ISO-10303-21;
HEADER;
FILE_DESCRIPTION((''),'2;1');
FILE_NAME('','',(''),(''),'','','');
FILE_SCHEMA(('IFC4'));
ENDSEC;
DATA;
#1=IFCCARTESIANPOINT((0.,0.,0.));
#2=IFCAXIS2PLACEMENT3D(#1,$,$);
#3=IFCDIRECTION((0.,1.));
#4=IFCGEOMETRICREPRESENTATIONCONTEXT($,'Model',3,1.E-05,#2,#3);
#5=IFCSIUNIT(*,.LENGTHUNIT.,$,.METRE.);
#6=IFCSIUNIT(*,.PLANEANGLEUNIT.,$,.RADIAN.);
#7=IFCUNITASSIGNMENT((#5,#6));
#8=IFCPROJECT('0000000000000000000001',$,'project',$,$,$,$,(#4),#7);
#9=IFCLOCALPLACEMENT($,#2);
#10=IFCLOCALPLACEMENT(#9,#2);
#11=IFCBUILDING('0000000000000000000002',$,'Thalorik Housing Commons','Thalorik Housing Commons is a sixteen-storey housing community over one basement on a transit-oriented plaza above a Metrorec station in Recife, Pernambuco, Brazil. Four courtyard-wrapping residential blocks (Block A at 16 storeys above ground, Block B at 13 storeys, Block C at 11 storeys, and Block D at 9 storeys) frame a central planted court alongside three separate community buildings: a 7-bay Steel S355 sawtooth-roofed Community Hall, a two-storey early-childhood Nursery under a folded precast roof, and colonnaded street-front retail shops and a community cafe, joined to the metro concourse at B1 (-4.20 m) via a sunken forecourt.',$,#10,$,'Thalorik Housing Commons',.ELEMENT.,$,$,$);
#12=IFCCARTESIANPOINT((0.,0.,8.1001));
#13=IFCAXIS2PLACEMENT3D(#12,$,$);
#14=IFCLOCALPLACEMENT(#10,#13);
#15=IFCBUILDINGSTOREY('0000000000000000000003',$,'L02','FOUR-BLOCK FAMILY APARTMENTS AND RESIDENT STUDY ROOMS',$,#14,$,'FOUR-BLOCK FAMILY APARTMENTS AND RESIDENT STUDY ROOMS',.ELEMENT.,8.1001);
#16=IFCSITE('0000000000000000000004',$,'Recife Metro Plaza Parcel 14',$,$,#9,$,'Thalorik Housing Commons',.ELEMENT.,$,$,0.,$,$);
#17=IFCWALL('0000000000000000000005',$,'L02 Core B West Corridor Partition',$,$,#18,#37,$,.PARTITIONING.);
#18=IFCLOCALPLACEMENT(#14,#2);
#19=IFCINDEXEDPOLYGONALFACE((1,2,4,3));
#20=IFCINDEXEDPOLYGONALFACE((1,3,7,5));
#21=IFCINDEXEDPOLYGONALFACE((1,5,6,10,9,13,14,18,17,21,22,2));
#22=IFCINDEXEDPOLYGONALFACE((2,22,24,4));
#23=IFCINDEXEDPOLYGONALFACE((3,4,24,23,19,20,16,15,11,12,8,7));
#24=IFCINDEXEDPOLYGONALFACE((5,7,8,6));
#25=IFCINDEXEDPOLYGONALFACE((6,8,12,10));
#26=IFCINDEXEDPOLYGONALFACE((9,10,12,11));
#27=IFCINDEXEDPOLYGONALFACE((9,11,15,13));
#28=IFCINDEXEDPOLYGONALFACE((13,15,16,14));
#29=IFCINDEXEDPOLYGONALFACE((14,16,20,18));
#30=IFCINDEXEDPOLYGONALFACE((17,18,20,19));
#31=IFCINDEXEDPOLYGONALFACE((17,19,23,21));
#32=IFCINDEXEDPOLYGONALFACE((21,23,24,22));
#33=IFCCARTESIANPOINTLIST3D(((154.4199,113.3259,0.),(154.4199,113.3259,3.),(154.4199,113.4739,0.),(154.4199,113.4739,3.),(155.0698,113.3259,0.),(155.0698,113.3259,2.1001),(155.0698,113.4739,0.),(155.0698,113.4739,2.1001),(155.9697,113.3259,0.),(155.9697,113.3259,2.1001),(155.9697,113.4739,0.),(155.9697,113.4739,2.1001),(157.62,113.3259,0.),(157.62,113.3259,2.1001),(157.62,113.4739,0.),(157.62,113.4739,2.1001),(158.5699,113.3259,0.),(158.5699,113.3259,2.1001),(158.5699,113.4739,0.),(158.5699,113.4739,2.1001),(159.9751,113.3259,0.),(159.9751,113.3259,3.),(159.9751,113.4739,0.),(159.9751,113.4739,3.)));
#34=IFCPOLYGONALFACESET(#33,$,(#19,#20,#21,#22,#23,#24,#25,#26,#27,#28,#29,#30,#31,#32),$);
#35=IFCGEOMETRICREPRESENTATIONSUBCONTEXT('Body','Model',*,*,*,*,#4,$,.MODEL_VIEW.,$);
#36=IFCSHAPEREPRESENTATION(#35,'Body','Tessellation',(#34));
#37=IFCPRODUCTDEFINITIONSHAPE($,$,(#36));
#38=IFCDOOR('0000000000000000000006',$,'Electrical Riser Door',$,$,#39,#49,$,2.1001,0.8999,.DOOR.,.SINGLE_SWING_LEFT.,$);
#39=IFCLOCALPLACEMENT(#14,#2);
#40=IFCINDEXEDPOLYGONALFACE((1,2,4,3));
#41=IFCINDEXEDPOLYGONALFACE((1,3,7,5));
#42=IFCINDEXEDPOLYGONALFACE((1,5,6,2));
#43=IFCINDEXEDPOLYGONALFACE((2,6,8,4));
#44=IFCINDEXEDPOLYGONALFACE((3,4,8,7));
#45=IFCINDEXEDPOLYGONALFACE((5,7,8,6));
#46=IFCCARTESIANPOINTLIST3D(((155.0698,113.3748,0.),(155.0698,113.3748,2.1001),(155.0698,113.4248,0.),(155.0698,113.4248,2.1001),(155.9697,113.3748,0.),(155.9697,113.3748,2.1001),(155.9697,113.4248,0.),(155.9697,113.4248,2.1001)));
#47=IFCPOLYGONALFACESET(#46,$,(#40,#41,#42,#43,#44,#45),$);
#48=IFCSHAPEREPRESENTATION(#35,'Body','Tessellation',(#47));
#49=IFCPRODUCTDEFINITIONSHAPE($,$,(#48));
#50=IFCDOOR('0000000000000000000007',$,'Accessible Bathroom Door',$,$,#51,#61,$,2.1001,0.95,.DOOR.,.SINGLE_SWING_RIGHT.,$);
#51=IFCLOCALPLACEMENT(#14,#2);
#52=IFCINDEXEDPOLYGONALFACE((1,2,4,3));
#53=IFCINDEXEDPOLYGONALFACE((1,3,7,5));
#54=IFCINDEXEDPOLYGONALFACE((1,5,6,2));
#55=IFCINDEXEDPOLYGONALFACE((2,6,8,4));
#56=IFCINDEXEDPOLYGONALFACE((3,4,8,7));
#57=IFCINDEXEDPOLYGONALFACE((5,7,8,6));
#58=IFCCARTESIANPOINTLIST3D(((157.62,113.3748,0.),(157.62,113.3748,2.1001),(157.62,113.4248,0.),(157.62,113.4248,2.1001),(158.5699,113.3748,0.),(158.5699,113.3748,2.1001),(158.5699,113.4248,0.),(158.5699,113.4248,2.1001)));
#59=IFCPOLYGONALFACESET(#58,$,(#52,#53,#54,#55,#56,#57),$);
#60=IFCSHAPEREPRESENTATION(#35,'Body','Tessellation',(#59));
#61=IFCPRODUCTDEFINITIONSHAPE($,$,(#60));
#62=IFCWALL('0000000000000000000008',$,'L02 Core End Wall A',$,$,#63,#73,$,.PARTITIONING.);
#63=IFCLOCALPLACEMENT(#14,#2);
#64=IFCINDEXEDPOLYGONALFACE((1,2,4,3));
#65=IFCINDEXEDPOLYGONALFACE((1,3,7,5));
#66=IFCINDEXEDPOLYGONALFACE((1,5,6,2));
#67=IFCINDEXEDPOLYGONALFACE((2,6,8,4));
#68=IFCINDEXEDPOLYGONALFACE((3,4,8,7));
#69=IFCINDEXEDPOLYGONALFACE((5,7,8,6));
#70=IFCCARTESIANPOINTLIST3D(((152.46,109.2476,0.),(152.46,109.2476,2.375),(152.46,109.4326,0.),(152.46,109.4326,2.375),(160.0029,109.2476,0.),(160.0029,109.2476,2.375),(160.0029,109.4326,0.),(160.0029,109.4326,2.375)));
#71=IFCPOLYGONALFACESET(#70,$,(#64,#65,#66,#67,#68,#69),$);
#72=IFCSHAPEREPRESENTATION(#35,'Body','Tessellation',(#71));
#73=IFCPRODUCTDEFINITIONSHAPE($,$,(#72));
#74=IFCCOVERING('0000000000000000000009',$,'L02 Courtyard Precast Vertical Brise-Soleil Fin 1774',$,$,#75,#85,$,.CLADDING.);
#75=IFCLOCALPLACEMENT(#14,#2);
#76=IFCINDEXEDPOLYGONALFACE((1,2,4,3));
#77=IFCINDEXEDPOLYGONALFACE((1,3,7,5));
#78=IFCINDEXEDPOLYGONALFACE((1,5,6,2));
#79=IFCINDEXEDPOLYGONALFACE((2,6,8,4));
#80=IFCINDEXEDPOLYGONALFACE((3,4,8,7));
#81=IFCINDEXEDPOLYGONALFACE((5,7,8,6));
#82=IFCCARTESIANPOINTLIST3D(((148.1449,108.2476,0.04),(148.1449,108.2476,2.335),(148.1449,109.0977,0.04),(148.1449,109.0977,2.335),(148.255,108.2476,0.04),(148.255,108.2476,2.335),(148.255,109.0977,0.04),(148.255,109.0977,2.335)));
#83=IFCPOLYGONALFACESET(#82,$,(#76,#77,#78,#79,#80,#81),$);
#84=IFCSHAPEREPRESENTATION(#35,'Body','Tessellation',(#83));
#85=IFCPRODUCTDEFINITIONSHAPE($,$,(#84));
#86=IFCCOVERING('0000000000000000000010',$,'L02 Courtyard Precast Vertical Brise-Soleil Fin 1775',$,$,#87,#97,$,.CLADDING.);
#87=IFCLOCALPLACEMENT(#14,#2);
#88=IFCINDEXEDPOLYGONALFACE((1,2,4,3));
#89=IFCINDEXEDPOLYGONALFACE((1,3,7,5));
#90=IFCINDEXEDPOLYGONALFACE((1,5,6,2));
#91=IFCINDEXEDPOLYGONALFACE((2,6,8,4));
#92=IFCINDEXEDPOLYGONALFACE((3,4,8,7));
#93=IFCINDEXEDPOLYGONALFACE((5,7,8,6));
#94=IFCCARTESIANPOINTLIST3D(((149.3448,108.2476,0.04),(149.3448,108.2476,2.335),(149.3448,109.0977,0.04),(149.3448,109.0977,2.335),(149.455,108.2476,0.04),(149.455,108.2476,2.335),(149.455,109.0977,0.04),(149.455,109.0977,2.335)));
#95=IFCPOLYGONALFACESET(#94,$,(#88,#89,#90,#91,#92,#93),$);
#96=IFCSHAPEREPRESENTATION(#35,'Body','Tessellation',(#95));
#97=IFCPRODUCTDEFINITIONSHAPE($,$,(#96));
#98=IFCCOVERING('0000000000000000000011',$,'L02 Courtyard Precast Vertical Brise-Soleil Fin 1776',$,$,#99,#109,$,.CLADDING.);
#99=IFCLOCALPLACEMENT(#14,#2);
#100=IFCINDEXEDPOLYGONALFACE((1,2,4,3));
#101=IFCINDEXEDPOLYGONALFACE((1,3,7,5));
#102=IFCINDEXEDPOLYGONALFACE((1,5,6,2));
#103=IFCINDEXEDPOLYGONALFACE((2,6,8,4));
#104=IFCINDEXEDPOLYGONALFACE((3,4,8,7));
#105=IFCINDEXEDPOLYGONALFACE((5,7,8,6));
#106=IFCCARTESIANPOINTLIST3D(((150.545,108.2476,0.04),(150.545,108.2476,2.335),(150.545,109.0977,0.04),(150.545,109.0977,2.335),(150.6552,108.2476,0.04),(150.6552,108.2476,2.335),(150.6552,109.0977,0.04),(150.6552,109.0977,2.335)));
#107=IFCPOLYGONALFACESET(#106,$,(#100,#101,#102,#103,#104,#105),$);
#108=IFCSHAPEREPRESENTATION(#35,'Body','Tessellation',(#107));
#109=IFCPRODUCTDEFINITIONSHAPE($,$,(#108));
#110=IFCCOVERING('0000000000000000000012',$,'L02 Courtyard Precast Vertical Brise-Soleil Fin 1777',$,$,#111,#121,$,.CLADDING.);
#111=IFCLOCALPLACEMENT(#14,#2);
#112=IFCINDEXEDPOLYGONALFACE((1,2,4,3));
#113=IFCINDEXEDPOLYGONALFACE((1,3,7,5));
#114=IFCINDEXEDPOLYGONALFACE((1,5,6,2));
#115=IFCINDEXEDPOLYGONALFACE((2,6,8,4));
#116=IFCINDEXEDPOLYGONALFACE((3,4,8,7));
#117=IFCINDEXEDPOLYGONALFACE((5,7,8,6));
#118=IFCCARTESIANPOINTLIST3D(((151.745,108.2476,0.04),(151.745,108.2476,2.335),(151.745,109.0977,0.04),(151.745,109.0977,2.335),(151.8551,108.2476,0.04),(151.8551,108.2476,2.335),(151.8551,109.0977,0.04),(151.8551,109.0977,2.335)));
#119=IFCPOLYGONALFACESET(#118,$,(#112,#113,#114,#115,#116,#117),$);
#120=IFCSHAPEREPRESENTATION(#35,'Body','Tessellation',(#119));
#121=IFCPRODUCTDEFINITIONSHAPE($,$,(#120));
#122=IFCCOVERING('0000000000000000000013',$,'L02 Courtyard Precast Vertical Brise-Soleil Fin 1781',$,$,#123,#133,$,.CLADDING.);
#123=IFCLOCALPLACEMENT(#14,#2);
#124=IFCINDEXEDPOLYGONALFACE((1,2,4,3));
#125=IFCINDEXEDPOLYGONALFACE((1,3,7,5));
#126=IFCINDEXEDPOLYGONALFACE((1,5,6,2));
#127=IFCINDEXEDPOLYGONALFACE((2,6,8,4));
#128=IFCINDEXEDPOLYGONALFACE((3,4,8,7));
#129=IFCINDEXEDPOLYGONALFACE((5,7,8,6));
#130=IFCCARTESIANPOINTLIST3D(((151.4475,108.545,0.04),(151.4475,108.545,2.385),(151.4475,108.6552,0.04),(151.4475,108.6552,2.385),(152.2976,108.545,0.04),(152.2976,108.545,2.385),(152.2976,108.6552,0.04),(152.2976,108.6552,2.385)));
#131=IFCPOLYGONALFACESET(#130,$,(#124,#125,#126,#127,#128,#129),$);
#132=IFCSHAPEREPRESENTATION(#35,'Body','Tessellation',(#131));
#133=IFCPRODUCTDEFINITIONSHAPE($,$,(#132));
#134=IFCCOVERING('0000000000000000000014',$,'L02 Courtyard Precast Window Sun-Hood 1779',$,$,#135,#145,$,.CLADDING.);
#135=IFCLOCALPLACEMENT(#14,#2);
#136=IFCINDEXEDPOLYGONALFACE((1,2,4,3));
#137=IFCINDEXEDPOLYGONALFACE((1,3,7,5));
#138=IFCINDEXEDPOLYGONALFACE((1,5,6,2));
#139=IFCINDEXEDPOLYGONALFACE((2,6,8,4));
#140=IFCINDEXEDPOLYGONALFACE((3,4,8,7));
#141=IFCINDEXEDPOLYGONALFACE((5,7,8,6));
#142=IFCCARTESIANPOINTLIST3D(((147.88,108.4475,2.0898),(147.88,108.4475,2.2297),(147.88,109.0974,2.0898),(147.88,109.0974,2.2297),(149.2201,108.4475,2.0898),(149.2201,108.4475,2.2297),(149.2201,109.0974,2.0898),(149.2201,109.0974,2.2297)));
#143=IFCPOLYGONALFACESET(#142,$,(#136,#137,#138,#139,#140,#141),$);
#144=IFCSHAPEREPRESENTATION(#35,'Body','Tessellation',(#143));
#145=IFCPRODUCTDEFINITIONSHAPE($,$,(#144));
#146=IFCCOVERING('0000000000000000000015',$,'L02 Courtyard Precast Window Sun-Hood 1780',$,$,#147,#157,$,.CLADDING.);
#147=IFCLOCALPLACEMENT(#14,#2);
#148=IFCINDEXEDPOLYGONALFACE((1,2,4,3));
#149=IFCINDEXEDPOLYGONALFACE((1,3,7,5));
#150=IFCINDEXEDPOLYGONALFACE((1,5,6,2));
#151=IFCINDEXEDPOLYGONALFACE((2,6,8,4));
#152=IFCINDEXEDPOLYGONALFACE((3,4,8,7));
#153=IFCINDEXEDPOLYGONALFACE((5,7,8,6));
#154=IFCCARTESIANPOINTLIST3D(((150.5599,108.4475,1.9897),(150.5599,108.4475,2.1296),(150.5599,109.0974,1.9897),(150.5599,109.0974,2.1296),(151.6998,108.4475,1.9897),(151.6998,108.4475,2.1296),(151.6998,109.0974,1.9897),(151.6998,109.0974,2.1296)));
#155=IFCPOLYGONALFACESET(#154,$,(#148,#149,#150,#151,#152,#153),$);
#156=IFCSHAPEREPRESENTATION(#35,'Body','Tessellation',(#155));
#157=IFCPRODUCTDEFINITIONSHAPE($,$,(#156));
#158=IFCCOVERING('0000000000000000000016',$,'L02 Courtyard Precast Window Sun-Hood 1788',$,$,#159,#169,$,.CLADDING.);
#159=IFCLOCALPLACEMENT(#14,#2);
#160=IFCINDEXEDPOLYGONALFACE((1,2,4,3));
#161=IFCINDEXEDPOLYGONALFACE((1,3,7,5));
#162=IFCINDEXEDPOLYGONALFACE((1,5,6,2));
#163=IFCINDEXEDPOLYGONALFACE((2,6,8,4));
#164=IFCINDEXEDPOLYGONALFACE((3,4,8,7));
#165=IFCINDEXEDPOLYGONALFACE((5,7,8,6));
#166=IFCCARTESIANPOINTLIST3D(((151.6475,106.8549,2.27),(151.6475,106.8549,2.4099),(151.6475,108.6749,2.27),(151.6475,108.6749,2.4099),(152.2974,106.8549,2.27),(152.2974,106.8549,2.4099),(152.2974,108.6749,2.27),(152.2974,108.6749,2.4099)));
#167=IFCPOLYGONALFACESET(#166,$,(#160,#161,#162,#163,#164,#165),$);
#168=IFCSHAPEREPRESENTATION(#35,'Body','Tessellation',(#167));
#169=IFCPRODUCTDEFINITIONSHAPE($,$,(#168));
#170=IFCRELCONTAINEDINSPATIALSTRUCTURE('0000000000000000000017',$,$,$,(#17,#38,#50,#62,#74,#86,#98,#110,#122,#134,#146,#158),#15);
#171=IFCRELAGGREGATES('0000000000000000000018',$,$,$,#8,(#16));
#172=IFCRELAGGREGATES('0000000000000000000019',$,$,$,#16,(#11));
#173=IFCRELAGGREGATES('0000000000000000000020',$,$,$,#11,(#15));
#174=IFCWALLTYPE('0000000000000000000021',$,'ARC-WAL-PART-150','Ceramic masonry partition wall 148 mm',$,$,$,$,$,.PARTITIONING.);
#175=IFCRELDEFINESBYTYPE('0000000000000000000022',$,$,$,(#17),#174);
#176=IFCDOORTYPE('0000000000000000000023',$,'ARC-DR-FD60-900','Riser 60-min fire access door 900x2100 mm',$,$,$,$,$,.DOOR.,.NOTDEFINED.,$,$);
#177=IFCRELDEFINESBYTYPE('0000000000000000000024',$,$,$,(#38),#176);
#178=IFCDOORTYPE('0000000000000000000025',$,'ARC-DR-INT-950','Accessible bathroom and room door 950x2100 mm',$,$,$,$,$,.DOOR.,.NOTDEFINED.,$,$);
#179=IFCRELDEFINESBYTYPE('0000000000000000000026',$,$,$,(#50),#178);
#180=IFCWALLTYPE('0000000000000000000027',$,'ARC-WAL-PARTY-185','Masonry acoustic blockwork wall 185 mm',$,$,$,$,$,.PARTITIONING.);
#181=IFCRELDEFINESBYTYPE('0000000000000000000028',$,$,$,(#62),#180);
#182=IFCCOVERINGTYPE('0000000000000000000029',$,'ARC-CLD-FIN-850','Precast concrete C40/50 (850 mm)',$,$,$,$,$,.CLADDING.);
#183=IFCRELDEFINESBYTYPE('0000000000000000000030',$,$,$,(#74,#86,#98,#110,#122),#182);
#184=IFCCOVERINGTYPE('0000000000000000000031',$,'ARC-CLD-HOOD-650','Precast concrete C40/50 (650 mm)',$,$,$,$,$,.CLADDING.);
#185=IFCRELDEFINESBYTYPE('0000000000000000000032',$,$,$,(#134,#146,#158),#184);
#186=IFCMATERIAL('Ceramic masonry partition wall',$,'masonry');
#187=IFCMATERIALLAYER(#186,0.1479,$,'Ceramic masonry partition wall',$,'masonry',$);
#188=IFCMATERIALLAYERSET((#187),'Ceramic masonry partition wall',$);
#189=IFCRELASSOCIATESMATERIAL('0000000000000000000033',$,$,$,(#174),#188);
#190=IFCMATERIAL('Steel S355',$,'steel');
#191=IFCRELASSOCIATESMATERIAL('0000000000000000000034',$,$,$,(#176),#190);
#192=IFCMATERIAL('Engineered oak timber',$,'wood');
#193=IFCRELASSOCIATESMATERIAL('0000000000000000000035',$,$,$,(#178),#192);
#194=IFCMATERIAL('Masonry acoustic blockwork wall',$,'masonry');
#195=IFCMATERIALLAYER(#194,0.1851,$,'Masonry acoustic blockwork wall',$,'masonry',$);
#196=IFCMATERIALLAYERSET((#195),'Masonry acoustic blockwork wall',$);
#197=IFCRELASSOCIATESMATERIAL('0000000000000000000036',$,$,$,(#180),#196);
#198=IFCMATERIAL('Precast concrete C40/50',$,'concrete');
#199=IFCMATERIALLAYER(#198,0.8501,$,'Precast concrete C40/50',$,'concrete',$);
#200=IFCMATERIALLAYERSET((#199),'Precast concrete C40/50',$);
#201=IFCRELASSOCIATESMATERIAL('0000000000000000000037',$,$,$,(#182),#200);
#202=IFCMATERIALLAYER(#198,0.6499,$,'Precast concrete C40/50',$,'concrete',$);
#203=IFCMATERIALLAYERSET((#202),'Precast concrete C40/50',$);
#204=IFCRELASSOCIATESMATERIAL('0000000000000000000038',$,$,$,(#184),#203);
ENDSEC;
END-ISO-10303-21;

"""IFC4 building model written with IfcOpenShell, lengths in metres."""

from ifc_helpers import new_model, si_unit, direction, frame, frame_2d, origin, origin_2d, place, context, subcontext, project, spatial, rectangle, extrude, material, layer, layer_set, type_object, element, fill, save


model = new_model("IFC4")

# Units and contexts
model_context = context("Model", 3, precision=1e-05, world=origin(), true_north=direction((0.0, 1.0)))
body_context = subcontext(model_context, "Body", "Model", "MODEL_VIEW")
ifc_project = project(units=[si_unit("LENGTHUNIT", "METRE"), si_unit("PLANEANGLEUNIT", "RADIAN")], contexts=[model_context])

# Site, building, storey
site_placement = place(None, origin())
site = spatial("IfcSite", under=ifc_project, at=site_placement, Name="Recife Metro Plaza Parcel 14", LongName="Thalorik Housing Commons", CompositionType="ELEMENT", RefElevation=0.0)
building_placement = place(site_placement, origin())
building = spatial("IfcBuilding", under=site, at=building_placement, Name="Thalorik Housing Commons", Description="Thalorik Housing Commons is a sixteen-storey housing community over one basement on a transit-oriented plaza above a Metrorec station in Recife, Pernambuco, Brazil. Four courtyard-wrapping residential blocks (Block A at 16 storeys above ground, Block B at 13 storeys, Block C at 11 storeys, and Block D at 9 storeys) frame a central planted court alongside three separate community buildings: a 7-bay Steel S355 sawtooth-roofed Community Hall, a two-storey early-childhood Nursery under a folded precast roof, and colonnaded street-front retail shops and a community cafe, joined to the metro concourse at B1 (-4.20 m) via a sunken forecourt.", LongName="Thalorik Housing Commons", CompositionType="ELEMENT")
storey_placement = place(building_placement, frame((0.0, 0.0, 8.1001)))
storey = spatial("IfcBuildingStorey", under=building, at=storey_placement, Name="L02", Description="FOUR-BLOCK FAMILY APARTMENTS AND RESIDENT STUDY ROOMS", LongName="FOUR-BLOCK FAMILY APARTMENTS AND RESIDENT STUDY ROOMS", CompositionType="ELEMENT", Elevation=8.1001)

# Shared definitions
ifc_material_1 = material(Name="Precast concrete C40/50", Category="concrete")

# Shared definitions
ifc_material_2 = material(Name="Ceramic masonry partition wall", Category="masonry")
ifc_layer_1 = layer(ifc_material_2, 0.1479, Name="Ceramic masonry partition wall", Category="masonry")
ifc_layer_set_1 = layer_set([ifc_layer_1], Name="Ceramic masonry partition wall")
wall_type_1 = type_object("IfcWallType", Name="ARC-WAL-PART-150", Description="Ceramic masonry partition wall 148 mm", PredefinedType="PARTITIONING", material=ifc_layer_set_1)

# Wall, openings, doors
wall_1_placement = place(storey_placement, frame((154.4199, 113.3999, 0.0), z_axis=(0.0, 0.0, 1.0), x_axis=(1.0, 0.0, 0.0)))
wall_1 = element("IfcWall", 1, at=wall_1_placement, inside=storey, type_object=wall_type_1, Name="L02 Core B West Corridor Partition", PredefinedType="PARTITIONING", context=body_context, shape_type="SweptSolid", body=[
    extrude(rectangle(XDim=5.5552, YDim=0.1479, at=frame_2d((2.7776, 0.0))), origin(), (0.0, 0.0, 1.0), 3.0),
])
opening_1_placement = place(wall_1_placement, frame((0.6499, 0.0, 0.0)))
opening_1 = element("IfcOpeningElement", 2, at=opening_1_placement, cuts=wall_1, PredefinedType="OPENING", context=body_context, shape_type="SweptSolid", body=[
    extrude(rectangle(XDim=0.8999, YDim=2.1001, at=frame_2d((0.45, 1.05))), frame((0.0, 0.084, 0.0), z_axis=(0.0, -1.0, 0.0), x_axis=(1.0, 0.0, 0.0)), (0.0, 0.0, 1.0), 0.168),
])
opening_2_placement = place(wall_1_placement, frame((3.2, 0.0, 0.0)))
opening_2 = element("IfcOpeningElement", 3, at=opening_2_placement, cuts=wall_1, PredefinedType="OPENING", context=body_context, shape_type="SweptSolid", body=[
    extrude(rectangle(XDim=0.95, YDim=2.1001, at=frame_2d((0.4751, 1.05))), frame((0.0, 0.084, 0.0), z_axis=(0.0, -1.0, 0.0), x_axis=(1.0, 0.0, 0.0)), (0.0, 0.0, 1.0), 0.168),
])
ifc_material_3 = material(Name="Steel S355", Category="steel")
door_type_1 = type_object("IfcDoorType", Name="ARC-DR-FD60-900", Description="Riser 60-min fire access door 900x2100 mm", OperationType="NOTDEFINED", PredefinedType="DOOR", material=ifc_material_3)
door_1_placement = place(opening_1_placement, origin())
door_1 = element("IfcDoor", 4, at=door_1_placement, inside=storey, type_object=door_type_1, Name="Electrical Riser Door", OperationType="SINGLE_SWING_LEFT", OverallHeight=2.1001, OverallWidth=0.8999, PredefinedType="DOOR", context=body_context, shape_type="SweptSolid", body=[
    extrude(rectangle(XDim=0.8999, YDim=2.1001, at=frame_2d((0.45, 1.05))), frame((0.0, 0.0249, 0.0), z_axis=(0.0, -1.0, 0.0), x_axis=(1.0, 0.0, 0.0)), (0.0, 0.0, 1.0), 0.05),
])
fill(opening_1, door_1)
ifc_material_4 = material(Name="Engineered oak timber", Category="wood")
door_type_2 = type_object("IfcDoorType", Name="ARC-DR-INT-950", Description="Accessible bathroom and room door 950x2100 mm", OperationType="NOTDEFINED", PredefinedType="DOOR", material=ifc_material_4)
door_2_placement = place(opening_2_placement, origin())
door_2 = element("IfcDoor", 5, at=door_2_placement, inside=storey, type_object=door_type_2, Name="Accessible Bathroom Door", OperationType="SINGLE_SWING_RIGHT", OverallHeight=2.1001, OverallWidth=0.95, PredefinedType="DOOR", context=body_context, shape_type="SweptSolid", body=[
    extrude(rectangle(XDim=0.95, YDim=2.1001, at=frame_2d((0.4751, 1.05))), frame((0.0, 0.0249, 0.0), z_axis=(0.0, -1.0, 0.0), x_axis=(1.0, 0.0, 0.0)), (0.0, 0.0, 1.0), 0.05),
])
fill(opening_2, door_2)

# Wall
ifc_material_5 = material(Name="Masonry acoustic blockwork wall", Category="masonry")
ifc_layer_2 = layer(ifc_material_5, 0.1851, Name="Masonry acoustic blockwork wall", Category="masonry")
ifc_layer_set_2 = layer_set([ifc_layer_2], Name="Masonry acoustic blockwork wall")
wall_type_2 = type_object("IfcWallType", Name="ARC-WAL-PARTY-185", Description="Masonry acoustic blockwork wall 185 mm", PredefinedType="PARTITIONING", material=ifc_layer_set_2)
wall_2_placement = place(storey_placement, frame((152.46, 109.3401, 0.0), z_axis=(0.0, 0.0, 1.0), x_axis=(1.0, 0.0, 0.0)))
element("IfcWall", 6, at=wall_2_placement, inside=storey, type_object=wall_type_2, Name="L02 Core End Wall A", PredefinedType="PARTITIONING", context=body_context, shape_type="SweptSolid", body=[
    extrude(rectangle(XDim=7.543, YDim=0.1851, at=frame_2d((3.7715, 0.0))), origin(), (0.0, 0.0, 1.0), 2.375),
])

# Coverings
ifc_layer_3 = layer(ifc_material_1, 0.8501, Name="Precast concrete C40/50", Category="concrete")
ifc_layer_set_3 = layer_set([ifc_layer_3], Name="Precast concrete C40/50")
covering_type_1 = type_object("IfcCoveringType", Name="ARC-CLD-FIN-850", Description="Precast concrete C40/50 (850 mm)", PredefinedType="CLADDING", material=ifc_layer_set_3)
for number, where, z_axis, x_axis, name in (
    (7, (148.2, 108.6726, 0.04), (0.0, 0.0, 1.0), (1.0, 0.0, 0.0), "L02 Courtyard Precast Vertical Brise-Soleil Fin 1774"),
    (8, (149.3999, 108.6726, 0.04), (0.0, 0.0, 1.0), (1.0, 0.0, 0.0), "L02 Courtyard Precast Vertical Brise-Soleil Fin 1775"),
    (9, (150.6001, 108.6726, 0.04), (0.0, 0.0, 1.0), (1.0, 0.0, 0.0), "L02 Courtyard Precast Vertical Brise-Soleil Fin 1776"),
    (10, (151.8, 108.6726, 0.04), (0.0, 0.0, 1.0), (1.0, 0.0, 0.0), "L02 Courtyard Precast Vertical Brise-Soleil Fin 1777"),
):
    element("IfcCovering", number, at=place(storey_placement, frame(where, z_axis=z_axis, x_axis=x_axis)), inside=storey, type_object=covering_type_1, Name=name, PredefinedType="CLADDING", context=body_context, shape_type="SweptSolid", body=[
        extrude(rectangle(XDim=0.1101, YDim=0.8501, at=origin_2d()), origin(), (0.0, 0.0, 1.0), 2.2949),
    ])
covering_1_placement = place(storey_placement, frame((151.8726, 108.6001, 0.04), z_axis=(0.0, 0.0, 1.0), x_axis=(0.0, -1.0, 0.0)))
element("IfcCovering", 11, at=covering_1_placement, inside=storey, type_object=covering_type_1, Name="L02 Courtyard Precast Vertical Brise-Soleil Fin 1781", PredefinedType="CLADDING", context=body_context, shape_type="SweptSolid", body=[
    extrude(rectangle(XDim=0.1101, YDim=0.8501, at=origin_2d()), origin(), (0.0, 0.0, 1.0), 2.345),
])
ifc_layer_4 = layer(ifc_material_1, 0.6499, Name="Precast concrete C40/50", Category="concrete")
ifc_layer_set_4 = layer_set([ifc_layer_4], Name="Precast concrete C40/50")
covering_type_2 = type_object("IfcCoveringType", Name="ARC-CLD-HOOD-650", Description="Precast concrete C40/50 (650 mm)", PredefinedType="CLADDING", material=ifc_layer_set_4)
covering_2_placement = place(storey_placement, frame((148.55, 108.7725, 2.0898), z_axis=(0.0, 0.0, 1.0), x_axis=(1.0, 0.0, 0.0)))
element("IfcCovering", 12, at=covering_2_placement, inside=storey, type_object=covering_type_2, Name="L02 Courtyard Precast Window Sun-Hood 1779", PredefinedType="CLADDING", context=body_context, shape_type="SweptSolid", body=[
    extrude(rectangle(XDim=1.3401, YDim=0.6499, at=origin_2d()), origin(), (0.0, 0.0, 1.0), 0.1399),
])
covering_3_placement = place(storey_placement, frame((151.1299, 108.7725, 1.9897), z_axis=(0.0, 0.0, 1.0), x_axis=(1.0, 0.0, 0.0)))
element("IfcCovering", 13, at=covering_3_placement, inside=storey, type_object=covering_type_2, Name="L02 Courtyard Precast Window Sun-Hood 1780", PredefinedType="CLADDING", context=body_context, shape_type="SweptSolid", body=[
    extrude(rectangle(XDim=1.1399, YDim=0.6499, at=origin_2d()), origin(), (0.0, 0.0, 1.0), 0.1399),
])
covering_4_placement = place(storey_placement, frame((151.9724, 107.7649, 2.27), z_axis=(0.0, 0.0, 1.0), x_axis=(0.0, -1.0, 0.0)))
element("IfcCovering", 14, at=covering_4_placement, inside=storey, type_object=covering_type_2, Name="L02 Courtyard Precast Window Sun-Hood 1788", PredefinedType="CLADDING", context=body_context, shape_type="SweptSolid", body=[
    extrude(rectangle(XDim=1.8201, YDim=0.6499, at=origin_2d()), origin(), (0.0, 0.0, 1.0), 0.1399),
])

save(model, "model.ifc")
